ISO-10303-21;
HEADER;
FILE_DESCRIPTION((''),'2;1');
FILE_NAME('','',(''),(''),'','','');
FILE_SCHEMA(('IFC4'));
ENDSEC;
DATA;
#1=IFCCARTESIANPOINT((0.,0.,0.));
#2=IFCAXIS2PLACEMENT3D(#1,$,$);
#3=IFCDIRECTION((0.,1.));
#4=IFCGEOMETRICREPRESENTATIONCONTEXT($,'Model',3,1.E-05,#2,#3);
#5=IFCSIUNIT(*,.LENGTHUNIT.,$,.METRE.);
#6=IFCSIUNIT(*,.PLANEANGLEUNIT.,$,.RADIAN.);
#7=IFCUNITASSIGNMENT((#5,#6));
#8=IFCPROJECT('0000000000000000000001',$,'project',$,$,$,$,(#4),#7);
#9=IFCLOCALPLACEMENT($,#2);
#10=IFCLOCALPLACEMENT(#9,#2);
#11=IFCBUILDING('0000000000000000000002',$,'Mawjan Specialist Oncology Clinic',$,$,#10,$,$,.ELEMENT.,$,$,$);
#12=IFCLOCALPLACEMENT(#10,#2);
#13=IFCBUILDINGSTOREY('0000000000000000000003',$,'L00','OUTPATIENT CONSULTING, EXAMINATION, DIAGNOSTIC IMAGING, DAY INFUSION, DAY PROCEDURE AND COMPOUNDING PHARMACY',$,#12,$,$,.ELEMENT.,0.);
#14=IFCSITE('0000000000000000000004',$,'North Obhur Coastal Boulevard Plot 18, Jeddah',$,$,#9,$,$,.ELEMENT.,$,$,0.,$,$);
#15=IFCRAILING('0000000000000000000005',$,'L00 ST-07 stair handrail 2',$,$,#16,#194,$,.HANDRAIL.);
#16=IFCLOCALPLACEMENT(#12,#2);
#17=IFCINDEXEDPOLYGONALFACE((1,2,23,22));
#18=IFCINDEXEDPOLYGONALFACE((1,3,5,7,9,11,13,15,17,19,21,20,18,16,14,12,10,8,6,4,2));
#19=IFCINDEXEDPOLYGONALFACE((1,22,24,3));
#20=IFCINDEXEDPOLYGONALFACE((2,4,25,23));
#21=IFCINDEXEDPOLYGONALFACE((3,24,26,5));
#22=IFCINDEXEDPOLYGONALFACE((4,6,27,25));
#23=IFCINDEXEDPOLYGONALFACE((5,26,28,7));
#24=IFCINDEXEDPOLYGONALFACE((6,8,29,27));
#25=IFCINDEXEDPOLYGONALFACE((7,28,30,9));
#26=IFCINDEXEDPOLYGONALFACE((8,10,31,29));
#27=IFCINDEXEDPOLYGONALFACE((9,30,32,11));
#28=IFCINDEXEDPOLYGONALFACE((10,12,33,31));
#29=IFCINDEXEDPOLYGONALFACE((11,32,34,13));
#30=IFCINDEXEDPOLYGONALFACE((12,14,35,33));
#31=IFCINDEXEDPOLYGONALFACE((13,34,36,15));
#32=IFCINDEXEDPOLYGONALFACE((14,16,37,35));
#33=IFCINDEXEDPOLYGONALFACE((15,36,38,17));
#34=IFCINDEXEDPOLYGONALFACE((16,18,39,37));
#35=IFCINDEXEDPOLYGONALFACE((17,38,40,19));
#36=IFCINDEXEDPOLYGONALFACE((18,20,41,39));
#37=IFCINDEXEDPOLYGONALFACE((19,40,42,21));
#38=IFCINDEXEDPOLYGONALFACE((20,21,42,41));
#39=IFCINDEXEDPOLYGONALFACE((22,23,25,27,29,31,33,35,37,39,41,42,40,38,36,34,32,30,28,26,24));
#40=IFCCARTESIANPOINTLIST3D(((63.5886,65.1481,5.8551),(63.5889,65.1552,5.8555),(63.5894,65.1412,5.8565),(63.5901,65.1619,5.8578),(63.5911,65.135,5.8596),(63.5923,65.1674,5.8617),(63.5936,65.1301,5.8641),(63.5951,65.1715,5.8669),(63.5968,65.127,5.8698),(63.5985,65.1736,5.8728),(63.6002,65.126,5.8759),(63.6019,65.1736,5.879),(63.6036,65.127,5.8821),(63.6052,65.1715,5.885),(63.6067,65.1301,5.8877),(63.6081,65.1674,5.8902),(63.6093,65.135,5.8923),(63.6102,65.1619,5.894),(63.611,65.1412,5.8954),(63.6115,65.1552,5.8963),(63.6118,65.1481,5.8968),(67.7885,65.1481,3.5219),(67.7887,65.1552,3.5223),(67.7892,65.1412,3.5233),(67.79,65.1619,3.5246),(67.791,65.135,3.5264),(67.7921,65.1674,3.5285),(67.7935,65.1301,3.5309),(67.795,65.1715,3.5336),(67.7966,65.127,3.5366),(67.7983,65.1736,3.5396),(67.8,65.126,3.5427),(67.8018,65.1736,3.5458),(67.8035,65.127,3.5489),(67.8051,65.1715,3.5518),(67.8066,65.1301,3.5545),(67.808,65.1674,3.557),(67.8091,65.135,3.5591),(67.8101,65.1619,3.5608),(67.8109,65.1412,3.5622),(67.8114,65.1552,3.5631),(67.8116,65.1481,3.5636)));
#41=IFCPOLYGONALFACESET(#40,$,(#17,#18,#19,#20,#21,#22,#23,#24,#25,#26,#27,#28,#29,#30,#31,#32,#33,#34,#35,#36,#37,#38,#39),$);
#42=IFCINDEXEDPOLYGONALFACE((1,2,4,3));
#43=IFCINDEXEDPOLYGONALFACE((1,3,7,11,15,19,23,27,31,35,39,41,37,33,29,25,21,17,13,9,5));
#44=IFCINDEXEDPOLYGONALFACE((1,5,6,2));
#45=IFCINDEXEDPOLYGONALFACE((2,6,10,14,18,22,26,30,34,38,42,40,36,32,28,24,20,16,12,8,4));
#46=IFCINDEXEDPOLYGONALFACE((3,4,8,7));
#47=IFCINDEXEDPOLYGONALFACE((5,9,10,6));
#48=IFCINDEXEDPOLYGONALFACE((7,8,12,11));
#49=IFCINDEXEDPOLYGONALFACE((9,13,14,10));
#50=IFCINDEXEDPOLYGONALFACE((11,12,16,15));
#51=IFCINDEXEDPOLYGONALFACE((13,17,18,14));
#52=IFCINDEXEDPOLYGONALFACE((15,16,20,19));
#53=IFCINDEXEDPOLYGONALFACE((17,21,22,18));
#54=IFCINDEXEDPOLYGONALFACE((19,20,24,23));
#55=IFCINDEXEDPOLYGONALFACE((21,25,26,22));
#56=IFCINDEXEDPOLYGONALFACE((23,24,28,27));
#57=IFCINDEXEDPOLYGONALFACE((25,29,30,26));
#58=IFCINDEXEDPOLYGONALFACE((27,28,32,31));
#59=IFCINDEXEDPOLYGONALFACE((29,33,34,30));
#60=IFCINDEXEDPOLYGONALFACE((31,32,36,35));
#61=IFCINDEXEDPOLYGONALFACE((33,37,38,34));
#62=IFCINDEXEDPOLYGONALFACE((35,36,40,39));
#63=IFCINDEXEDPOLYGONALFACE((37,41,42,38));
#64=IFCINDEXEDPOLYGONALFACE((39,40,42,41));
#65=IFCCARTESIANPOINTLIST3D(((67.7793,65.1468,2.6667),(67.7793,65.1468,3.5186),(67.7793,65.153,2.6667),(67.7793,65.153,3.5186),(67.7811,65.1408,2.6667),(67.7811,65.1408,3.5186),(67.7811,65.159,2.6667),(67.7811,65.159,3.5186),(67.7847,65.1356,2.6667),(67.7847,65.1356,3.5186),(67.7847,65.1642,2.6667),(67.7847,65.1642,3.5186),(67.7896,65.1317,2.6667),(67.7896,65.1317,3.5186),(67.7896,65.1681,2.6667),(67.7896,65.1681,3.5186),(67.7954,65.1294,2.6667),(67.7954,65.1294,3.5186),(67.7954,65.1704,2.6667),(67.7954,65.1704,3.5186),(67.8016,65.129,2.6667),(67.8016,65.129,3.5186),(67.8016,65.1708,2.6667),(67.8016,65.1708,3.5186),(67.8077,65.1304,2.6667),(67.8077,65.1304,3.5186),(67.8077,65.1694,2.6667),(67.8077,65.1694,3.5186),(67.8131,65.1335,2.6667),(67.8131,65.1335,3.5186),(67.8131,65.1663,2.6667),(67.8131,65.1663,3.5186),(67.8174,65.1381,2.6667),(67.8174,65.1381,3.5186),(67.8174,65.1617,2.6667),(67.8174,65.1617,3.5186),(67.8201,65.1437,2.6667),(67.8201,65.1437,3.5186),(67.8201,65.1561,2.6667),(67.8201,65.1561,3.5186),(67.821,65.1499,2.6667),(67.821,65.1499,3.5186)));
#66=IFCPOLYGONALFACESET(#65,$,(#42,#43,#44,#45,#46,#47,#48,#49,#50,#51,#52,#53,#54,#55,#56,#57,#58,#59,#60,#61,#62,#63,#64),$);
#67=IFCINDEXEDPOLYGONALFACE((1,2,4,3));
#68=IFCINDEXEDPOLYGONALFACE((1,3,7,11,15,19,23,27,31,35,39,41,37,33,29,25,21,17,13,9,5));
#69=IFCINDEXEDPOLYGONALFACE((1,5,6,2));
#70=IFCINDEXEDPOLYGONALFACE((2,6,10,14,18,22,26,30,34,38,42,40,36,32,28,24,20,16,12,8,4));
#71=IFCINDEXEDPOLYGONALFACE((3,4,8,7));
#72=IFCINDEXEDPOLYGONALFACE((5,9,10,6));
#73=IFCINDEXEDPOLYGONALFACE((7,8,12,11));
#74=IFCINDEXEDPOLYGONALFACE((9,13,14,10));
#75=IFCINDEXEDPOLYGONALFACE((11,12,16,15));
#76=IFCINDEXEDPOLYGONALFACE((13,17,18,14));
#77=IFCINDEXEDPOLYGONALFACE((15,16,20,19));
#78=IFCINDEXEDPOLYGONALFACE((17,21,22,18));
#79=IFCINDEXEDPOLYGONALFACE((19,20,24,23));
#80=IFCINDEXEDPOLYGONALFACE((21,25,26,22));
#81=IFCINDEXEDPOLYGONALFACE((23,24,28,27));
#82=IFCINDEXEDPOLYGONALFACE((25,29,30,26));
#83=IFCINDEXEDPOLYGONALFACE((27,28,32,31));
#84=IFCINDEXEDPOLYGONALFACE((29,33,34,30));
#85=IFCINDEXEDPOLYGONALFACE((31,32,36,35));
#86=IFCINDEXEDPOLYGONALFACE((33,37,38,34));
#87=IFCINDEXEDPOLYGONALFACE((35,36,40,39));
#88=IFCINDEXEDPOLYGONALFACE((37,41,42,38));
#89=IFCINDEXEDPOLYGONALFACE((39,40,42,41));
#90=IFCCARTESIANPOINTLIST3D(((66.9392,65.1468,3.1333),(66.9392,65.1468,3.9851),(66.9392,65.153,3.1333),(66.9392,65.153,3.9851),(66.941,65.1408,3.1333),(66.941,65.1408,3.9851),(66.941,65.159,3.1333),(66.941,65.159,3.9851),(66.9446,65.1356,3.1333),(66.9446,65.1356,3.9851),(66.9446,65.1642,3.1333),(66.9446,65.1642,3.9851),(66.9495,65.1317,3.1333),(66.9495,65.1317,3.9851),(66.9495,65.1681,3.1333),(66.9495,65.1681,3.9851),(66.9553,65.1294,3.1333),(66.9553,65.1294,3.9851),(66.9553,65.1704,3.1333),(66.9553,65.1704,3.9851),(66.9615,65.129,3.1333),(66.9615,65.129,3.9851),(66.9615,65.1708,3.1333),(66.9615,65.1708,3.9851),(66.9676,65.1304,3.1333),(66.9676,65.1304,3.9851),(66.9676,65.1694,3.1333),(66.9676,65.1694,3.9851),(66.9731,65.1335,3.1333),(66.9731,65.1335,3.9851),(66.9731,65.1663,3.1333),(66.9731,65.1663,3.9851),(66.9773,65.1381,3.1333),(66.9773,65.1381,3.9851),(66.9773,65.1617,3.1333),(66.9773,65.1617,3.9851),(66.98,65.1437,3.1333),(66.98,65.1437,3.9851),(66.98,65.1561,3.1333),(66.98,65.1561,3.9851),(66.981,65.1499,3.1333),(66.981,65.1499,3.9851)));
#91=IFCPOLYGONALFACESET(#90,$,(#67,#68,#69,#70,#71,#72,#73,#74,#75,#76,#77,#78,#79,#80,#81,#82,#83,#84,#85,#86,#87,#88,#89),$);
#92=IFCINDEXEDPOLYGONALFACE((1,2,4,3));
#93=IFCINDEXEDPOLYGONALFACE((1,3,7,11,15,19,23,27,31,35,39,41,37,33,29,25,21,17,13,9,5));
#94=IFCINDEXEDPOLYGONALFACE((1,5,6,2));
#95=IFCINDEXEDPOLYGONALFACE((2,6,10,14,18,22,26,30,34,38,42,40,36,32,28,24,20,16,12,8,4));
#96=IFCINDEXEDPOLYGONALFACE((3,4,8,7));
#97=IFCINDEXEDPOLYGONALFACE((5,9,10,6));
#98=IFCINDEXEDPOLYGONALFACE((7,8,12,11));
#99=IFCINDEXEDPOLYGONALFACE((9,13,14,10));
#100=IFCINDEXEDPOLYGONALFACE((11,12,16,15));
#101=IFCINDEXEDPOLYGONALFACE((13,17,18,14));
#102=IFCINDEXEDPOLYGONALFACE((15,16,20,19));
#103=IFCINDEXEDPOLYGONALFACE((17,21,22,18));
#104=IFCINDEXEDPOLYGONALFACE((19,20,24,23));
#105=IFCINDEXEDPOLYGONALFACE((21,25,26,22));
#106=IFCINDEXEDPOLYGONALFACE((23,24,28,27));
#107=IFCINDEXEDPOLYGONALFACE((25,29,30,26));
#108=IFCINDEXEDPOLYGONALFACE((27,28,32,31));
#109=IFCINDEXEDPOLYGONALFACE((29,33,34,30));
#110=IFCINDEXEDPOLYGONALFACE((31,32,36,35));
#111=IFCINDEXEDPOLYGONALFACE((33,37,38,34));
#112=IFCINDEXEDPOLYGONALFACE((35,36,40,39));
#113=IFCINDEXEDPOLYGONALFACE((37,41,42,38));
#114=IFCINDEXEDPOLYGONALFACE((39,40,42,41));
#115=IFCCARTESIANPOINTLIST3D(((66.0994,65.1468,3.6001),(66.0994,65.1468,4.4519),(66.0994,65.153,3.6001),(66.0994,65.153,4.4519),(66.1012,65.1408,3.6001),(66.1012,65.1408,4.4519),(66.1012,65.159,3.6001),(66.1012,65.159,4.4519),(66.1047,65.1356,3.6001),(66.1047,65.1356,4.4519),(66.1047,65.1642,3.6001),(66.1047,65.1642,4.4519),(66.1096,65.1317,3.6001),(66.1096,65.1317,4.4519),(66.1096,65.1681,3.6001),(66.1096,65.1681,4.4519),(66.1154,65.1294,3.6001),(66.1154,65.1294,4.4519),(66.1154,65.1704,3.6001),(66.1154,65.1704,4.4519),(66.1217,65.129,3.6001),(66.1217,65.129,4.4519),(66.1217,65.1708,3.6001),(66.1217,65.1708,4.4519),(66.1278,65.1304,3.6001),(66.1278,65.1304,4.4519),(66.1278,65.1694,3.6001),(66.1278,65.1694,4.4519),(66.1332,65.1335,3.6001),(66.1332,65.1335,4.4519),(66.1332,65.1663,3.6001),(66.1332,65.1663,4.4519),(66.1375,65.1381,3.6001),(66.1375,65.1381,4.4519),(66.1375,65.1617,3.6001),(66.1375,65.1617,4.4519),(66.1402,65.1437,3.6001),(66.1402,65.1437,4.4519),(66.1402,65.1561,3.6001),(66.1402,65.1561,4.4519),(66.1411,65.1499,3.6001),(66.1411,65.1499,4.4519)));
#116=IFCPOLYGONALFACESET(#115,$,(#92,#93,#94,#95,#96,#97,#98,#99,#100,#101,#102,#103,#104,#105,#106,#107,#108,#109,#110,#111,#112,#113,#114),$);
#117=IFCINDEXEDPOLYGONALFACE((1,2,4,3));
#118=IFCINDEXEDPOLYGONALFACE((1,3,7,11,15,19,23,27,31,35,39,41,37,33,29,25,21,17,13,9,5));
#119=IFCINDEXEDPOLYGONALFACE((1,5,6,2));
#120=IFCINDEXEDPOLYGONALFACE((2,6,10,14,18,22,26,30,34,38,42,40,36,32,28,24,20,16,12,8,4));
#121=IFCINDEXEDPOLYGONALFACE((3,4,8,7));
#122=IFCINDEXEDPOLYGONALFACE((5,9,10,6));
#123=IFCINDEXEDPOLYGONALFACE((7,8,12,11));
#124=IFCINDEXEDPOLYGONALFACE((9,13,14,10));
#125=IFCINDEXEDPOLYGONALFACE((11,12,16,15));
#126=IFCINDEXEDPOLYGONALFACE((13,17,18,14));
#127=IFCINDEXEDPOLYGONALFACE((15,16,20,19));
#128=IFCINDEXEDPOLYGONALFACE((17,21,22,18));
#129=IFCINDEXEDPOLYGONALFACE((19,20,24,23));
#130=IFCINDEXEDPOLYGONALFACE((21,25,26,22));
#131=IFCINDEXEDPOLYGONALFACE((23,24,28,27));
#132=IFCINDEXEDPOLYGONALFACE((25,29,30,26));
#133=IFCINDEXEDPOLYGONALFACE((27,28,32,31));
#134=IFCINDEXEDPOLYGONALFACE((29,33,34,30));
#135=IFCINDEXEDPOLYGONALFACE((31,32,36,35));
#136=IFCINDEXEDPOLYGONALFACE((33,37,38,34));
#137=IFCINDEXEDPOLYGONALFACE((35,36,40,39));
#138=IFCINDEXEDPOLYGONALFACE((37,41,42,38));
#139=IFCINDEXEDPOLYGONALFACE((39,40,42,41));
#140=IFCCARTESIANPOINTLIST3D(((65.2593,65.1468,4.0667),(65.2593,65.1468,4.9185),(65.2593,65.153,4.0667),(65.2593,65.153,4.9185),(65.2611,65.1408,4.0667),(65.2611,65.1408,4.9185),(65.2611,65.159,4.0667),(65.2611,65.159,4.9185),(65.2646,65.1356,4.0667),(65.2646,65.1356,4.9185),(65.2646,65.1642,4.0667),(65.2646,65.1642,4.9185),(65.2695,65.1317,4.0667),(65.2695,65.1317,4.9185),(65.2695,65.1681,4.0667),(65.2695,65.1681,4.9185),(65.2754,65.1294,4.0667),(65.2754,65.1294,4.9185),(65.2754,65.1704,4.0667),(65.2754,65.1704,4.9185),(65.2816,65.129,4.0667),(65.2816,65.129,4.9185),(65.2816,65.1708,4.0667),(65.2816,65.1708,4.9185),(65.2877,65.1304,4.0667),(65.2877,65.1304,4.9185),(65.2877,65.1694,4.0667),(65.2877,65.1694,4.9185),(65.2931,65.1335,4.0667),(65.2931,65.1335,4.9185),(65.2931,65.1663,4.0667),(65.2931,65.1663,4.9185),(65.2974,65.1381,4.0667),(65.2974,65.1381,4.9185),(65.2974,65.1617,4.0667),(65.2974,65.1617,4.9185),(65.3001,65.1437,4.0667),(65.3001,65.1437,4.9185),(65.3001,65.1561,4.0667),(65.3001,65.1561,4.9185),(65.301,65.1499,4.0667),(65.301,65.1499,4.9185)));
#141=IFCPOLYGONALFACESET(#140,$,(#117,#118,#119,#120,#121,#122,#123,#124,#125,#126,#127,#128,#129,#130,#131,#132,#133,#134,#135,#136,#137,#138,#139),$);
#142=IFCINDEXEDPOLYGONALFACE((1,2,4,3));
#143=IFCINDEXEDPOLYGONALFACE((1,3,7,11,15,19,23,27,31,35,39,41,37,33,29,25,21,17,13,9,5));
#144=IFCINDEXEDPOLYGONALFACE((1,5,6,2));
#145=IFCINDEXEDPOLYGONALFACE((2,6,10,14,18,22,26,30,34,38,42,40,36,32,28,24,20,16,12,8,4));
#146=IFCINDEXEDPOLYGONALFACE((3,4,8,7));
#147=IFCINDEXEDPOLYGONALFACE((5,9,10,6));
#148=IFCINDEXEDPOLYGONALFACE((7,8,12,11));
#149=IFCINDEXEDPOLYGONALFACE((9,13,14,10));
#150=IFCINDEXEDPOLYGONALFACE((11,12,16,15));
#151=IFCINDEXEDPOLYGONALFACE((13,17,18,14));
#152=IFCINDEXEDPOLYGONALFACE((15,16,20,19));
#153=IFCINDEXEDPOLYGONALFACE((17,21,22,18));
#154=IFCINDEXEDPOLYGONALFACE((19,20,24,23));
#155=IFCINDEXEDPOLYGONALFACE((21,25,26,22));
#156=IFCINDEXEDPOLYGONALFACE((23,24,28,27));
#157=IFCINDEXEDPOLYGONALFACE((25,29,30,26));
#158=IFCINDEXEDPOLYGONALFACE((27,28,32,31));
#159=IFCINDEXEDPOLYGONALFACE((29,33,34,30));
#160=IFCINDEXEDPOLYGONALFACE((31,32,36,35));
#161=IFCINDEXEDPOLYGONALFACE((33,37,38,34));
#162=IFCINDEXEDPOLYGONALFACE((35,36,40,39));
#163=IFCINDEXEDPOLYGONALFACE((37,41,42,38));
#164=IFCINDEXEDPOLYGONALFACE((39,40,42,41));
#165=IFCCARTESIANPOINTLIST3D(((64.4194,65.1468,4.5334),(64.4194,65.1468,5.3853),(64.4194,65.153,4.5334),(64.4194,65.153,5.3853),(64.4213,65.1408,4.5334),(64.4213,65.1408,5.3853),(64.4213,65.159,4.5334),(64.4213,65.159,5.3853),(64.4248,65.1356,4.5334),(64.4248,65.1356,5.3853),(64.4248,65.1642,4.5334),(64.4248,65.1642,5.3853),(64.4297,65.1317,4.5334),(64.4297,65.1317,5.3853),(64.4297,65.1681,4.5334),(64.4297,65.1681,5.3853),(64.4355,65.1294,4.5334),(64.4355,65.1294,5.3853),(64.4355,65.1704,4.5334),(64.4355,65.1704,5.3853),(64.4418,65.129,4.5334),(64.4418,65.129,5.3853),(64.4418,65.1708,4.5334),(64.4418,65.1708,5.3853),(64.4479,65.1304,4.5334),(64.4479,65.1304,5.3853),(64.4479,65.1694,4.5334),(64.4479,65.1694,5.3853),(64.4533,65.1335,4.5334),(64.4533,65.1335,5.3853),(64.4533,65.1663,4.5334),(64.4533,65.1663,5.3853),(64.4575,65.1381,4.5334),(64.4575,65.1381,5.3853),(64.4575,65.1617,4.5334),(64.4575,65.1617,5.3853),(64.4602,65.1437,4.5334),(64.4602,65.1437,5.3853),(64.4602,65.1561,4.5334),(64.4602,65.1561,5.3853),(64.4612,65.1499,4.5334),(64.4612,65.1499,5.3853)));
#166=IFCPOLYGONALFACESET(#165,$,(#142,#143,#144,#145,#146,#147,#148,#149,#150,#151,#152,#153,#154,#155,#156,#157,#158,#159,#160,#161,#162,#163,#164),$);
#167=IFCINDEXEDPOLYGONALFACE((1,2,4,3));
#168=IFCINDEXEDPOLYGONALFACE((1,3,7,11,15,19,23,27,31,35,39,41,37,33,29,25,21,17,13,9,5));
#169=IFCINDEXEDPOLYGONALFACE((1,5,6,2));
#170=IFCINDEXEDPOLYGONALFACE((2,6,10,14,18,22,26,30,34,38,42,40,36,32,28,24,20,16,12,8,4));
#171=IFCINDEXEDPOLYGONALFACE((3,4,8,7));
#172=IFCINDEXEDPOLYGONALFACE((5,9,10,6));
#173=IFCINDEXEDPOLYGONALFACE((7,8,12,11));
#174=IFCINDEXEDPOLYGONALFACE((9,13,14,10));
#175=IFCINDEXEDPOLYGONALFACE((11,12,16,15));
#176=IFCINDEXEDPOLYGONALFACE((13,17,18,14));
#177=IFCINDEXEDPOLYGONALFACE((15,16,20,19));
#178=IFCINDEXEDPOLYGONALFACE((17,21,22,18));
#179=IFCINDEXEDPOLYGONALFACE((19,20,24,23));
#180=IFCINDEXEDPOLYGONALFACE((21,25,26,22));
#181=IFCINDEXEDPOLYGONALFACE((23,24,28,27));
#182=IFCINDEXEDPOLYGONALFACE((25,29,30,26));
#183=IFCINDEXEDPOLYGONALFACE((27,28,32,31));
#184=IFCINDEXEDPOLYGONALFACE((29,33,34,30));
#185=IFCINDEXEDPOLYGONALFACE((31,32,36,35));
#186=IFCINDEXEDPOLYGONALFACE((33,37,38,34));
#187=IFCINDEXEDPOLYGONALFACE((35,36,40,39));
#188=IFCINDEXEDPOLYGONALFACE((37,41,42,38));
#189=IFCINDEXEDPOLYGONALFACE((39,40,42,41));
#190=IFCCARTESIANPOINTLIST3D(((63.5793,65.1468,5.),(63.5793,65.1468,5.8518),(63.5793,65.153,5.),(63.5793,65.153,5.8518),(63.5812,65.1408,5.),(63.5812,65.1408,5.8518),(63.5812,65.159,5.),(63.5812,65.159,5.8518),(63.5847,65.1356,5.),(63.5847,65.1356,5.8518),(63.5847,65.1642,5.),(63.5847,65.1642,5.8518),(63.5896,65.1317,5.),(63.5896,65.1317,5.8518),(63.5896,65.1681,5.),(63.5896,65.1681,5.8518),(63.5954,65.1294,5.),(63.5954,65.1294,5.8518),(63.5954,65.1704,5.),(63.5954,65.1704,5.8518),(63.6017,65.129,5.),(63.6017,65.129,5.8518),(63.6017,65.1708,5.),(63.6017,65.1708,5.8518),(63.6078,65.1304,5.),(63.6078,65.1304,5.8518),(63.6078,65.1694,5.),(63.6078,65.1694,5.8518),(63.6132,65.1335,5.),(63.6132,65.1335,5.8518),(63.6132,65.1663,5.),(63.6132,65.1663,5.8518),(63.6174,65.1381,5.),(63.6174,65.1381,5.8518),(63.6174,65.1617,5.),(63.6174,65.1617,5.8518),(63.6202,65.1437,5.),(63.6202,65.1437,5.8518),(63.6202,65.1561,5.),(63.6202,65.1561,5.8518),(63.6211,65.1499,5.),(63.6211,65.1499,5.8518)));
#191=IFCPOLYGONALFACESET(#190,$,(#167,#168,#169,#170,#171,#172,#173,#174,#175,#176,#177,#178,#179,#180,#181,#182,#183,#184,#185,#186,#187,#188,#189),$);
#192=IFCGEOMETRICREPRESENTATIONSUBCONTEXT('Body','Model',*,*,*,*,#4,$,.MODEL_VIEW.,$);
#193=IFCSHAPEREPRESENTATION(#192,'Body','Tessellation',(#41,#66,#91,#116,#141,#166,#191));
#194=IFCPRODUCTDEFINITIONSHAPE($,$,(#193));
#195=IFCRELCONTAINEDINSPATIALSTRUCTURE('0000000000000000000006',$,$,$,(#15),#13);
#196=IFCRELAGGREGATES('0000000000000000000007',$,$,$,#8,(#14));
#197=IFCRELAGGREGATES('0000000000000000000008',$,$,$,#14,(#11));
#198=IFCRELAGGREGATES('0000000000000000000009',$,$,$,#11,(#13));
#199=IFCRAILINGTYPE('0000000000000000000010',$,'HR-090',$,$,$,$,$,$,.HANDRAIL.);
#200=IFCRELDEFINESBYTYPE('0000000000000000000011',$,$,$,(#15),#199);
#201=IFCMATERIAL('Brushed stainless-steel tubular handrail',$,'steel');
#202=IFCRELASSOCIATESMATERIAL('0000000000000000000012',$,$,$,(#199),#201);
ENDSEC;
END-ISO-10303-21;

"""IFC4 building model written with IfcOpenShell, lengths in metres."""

from ifc_helpers import new_model, si_unit, direction, frame, origin, origin_2d, place, context, subcontext, project, spatial, circle, extrude, material, type_object, element, save


model = new_model("IFC4")

# Units and contexts
model_context = context("Model", 3, precision=1e-05, world=origin(), true_north=direction((0.0, 1.0)))
body_context = subcontext(model_context, "Body", "Model", "MODEL_VIEW")
ifc_project = project(units=[si_unit("LENGTHUNIT", "METRE"), si_unit("PLANEANGLEUNIT", "RADIAN")], contexts=[model_context])

# Site, building, storey
site_placement = place(None, origin())
site = spatial("IfcSite", under=ifc_project, at=site_placement, Name="North Obhur Coastal Boulevard Plot 18, Jeddah", CompositionType="ELEMENT", RefElevation=0.0)
building_placement = place(site_placement, origin())
building = spatial("IfcBuilding", under=site, at=building_placement, Name="Mawjan Specialist Oncology Clinic", CompositionType="ELEMENT")
storey_placement = place(building_placement, origin())
storey = spatial("IfcBuildingStorey", under=building, at=storey_placement, Name="L00", Description="OUTPATIENT CONSULTING, EXAMINATION, DIAGNOSTIC IMAGING, DAY INFUSION, DAY PROCEDURE AND COMPOUNDING PHARMACY", CompositionType="ELEMENT", Elevation=0.0)

# Railing
ifc_material_1 = material(Name="Brushed stainless-steel tubular handrail", Category="steel")
railing_type_1 = type_object("IfcRailingType", Name="HR-090", PredefinedType="HANDRAIL", material=ifc_material_1)
railing_1_placement = place(storey_placement, frame((67.8, 65.1499, 2.6667)))
element("IfcRailing", 1, at=railing_1_placement, inside=storey, type_object=railing_type_1, Name="L00 ST-07 stair handrail 2", PredefinedType="HANDRAIL", context=body_context, shape_type="SweptSolid", body=[
    extrude(circle(Radius=0.0239, at=origin_2d()), frame((0.0, 0.0, 0.876), z_axis=(-0.874162, 0.0, 0.485634), x_axis=(0.0, -1.0, 0.0)), (0.0, 0.0, 1.0), 4.8044),
    extrude(circle(Radius=0.021, at=origin_2d()), origin(), (0.0, 0.0, 1.0), 0.8518),
    extrude(circle(Radius=0.021, at=origin_2d()), frame((-0.8401, 0.0, 0.4666)), (0.0, 0.0, 1.0), 0.8518),
    extrude(circle(Radius=0.021, at=origin_2d()), frame((-1.6799, 0.0, 0.9333)), (0.0, 0.0, 1.0), 0.8518),
    extrude(circle(Radius=0.021, at=origin_2d()), frame((-2.52, 0.0, 1.3999)), (0.0, 0.0, 1.0), 0.8518),
    extrude(circle(Radius=0.021, at=origin_2d()), frame((-3.3599, 0.0, 1.8667)), (0.0, 0.0, 1.0), 0.8518),
    extrude(circle(Radius=0.021, at=origin_2d()), frame((-4.2, 0.0, 2.3333)), (0.0, 0.0, 1.0), 0.8518),
])

save(model, "model.ifc")
